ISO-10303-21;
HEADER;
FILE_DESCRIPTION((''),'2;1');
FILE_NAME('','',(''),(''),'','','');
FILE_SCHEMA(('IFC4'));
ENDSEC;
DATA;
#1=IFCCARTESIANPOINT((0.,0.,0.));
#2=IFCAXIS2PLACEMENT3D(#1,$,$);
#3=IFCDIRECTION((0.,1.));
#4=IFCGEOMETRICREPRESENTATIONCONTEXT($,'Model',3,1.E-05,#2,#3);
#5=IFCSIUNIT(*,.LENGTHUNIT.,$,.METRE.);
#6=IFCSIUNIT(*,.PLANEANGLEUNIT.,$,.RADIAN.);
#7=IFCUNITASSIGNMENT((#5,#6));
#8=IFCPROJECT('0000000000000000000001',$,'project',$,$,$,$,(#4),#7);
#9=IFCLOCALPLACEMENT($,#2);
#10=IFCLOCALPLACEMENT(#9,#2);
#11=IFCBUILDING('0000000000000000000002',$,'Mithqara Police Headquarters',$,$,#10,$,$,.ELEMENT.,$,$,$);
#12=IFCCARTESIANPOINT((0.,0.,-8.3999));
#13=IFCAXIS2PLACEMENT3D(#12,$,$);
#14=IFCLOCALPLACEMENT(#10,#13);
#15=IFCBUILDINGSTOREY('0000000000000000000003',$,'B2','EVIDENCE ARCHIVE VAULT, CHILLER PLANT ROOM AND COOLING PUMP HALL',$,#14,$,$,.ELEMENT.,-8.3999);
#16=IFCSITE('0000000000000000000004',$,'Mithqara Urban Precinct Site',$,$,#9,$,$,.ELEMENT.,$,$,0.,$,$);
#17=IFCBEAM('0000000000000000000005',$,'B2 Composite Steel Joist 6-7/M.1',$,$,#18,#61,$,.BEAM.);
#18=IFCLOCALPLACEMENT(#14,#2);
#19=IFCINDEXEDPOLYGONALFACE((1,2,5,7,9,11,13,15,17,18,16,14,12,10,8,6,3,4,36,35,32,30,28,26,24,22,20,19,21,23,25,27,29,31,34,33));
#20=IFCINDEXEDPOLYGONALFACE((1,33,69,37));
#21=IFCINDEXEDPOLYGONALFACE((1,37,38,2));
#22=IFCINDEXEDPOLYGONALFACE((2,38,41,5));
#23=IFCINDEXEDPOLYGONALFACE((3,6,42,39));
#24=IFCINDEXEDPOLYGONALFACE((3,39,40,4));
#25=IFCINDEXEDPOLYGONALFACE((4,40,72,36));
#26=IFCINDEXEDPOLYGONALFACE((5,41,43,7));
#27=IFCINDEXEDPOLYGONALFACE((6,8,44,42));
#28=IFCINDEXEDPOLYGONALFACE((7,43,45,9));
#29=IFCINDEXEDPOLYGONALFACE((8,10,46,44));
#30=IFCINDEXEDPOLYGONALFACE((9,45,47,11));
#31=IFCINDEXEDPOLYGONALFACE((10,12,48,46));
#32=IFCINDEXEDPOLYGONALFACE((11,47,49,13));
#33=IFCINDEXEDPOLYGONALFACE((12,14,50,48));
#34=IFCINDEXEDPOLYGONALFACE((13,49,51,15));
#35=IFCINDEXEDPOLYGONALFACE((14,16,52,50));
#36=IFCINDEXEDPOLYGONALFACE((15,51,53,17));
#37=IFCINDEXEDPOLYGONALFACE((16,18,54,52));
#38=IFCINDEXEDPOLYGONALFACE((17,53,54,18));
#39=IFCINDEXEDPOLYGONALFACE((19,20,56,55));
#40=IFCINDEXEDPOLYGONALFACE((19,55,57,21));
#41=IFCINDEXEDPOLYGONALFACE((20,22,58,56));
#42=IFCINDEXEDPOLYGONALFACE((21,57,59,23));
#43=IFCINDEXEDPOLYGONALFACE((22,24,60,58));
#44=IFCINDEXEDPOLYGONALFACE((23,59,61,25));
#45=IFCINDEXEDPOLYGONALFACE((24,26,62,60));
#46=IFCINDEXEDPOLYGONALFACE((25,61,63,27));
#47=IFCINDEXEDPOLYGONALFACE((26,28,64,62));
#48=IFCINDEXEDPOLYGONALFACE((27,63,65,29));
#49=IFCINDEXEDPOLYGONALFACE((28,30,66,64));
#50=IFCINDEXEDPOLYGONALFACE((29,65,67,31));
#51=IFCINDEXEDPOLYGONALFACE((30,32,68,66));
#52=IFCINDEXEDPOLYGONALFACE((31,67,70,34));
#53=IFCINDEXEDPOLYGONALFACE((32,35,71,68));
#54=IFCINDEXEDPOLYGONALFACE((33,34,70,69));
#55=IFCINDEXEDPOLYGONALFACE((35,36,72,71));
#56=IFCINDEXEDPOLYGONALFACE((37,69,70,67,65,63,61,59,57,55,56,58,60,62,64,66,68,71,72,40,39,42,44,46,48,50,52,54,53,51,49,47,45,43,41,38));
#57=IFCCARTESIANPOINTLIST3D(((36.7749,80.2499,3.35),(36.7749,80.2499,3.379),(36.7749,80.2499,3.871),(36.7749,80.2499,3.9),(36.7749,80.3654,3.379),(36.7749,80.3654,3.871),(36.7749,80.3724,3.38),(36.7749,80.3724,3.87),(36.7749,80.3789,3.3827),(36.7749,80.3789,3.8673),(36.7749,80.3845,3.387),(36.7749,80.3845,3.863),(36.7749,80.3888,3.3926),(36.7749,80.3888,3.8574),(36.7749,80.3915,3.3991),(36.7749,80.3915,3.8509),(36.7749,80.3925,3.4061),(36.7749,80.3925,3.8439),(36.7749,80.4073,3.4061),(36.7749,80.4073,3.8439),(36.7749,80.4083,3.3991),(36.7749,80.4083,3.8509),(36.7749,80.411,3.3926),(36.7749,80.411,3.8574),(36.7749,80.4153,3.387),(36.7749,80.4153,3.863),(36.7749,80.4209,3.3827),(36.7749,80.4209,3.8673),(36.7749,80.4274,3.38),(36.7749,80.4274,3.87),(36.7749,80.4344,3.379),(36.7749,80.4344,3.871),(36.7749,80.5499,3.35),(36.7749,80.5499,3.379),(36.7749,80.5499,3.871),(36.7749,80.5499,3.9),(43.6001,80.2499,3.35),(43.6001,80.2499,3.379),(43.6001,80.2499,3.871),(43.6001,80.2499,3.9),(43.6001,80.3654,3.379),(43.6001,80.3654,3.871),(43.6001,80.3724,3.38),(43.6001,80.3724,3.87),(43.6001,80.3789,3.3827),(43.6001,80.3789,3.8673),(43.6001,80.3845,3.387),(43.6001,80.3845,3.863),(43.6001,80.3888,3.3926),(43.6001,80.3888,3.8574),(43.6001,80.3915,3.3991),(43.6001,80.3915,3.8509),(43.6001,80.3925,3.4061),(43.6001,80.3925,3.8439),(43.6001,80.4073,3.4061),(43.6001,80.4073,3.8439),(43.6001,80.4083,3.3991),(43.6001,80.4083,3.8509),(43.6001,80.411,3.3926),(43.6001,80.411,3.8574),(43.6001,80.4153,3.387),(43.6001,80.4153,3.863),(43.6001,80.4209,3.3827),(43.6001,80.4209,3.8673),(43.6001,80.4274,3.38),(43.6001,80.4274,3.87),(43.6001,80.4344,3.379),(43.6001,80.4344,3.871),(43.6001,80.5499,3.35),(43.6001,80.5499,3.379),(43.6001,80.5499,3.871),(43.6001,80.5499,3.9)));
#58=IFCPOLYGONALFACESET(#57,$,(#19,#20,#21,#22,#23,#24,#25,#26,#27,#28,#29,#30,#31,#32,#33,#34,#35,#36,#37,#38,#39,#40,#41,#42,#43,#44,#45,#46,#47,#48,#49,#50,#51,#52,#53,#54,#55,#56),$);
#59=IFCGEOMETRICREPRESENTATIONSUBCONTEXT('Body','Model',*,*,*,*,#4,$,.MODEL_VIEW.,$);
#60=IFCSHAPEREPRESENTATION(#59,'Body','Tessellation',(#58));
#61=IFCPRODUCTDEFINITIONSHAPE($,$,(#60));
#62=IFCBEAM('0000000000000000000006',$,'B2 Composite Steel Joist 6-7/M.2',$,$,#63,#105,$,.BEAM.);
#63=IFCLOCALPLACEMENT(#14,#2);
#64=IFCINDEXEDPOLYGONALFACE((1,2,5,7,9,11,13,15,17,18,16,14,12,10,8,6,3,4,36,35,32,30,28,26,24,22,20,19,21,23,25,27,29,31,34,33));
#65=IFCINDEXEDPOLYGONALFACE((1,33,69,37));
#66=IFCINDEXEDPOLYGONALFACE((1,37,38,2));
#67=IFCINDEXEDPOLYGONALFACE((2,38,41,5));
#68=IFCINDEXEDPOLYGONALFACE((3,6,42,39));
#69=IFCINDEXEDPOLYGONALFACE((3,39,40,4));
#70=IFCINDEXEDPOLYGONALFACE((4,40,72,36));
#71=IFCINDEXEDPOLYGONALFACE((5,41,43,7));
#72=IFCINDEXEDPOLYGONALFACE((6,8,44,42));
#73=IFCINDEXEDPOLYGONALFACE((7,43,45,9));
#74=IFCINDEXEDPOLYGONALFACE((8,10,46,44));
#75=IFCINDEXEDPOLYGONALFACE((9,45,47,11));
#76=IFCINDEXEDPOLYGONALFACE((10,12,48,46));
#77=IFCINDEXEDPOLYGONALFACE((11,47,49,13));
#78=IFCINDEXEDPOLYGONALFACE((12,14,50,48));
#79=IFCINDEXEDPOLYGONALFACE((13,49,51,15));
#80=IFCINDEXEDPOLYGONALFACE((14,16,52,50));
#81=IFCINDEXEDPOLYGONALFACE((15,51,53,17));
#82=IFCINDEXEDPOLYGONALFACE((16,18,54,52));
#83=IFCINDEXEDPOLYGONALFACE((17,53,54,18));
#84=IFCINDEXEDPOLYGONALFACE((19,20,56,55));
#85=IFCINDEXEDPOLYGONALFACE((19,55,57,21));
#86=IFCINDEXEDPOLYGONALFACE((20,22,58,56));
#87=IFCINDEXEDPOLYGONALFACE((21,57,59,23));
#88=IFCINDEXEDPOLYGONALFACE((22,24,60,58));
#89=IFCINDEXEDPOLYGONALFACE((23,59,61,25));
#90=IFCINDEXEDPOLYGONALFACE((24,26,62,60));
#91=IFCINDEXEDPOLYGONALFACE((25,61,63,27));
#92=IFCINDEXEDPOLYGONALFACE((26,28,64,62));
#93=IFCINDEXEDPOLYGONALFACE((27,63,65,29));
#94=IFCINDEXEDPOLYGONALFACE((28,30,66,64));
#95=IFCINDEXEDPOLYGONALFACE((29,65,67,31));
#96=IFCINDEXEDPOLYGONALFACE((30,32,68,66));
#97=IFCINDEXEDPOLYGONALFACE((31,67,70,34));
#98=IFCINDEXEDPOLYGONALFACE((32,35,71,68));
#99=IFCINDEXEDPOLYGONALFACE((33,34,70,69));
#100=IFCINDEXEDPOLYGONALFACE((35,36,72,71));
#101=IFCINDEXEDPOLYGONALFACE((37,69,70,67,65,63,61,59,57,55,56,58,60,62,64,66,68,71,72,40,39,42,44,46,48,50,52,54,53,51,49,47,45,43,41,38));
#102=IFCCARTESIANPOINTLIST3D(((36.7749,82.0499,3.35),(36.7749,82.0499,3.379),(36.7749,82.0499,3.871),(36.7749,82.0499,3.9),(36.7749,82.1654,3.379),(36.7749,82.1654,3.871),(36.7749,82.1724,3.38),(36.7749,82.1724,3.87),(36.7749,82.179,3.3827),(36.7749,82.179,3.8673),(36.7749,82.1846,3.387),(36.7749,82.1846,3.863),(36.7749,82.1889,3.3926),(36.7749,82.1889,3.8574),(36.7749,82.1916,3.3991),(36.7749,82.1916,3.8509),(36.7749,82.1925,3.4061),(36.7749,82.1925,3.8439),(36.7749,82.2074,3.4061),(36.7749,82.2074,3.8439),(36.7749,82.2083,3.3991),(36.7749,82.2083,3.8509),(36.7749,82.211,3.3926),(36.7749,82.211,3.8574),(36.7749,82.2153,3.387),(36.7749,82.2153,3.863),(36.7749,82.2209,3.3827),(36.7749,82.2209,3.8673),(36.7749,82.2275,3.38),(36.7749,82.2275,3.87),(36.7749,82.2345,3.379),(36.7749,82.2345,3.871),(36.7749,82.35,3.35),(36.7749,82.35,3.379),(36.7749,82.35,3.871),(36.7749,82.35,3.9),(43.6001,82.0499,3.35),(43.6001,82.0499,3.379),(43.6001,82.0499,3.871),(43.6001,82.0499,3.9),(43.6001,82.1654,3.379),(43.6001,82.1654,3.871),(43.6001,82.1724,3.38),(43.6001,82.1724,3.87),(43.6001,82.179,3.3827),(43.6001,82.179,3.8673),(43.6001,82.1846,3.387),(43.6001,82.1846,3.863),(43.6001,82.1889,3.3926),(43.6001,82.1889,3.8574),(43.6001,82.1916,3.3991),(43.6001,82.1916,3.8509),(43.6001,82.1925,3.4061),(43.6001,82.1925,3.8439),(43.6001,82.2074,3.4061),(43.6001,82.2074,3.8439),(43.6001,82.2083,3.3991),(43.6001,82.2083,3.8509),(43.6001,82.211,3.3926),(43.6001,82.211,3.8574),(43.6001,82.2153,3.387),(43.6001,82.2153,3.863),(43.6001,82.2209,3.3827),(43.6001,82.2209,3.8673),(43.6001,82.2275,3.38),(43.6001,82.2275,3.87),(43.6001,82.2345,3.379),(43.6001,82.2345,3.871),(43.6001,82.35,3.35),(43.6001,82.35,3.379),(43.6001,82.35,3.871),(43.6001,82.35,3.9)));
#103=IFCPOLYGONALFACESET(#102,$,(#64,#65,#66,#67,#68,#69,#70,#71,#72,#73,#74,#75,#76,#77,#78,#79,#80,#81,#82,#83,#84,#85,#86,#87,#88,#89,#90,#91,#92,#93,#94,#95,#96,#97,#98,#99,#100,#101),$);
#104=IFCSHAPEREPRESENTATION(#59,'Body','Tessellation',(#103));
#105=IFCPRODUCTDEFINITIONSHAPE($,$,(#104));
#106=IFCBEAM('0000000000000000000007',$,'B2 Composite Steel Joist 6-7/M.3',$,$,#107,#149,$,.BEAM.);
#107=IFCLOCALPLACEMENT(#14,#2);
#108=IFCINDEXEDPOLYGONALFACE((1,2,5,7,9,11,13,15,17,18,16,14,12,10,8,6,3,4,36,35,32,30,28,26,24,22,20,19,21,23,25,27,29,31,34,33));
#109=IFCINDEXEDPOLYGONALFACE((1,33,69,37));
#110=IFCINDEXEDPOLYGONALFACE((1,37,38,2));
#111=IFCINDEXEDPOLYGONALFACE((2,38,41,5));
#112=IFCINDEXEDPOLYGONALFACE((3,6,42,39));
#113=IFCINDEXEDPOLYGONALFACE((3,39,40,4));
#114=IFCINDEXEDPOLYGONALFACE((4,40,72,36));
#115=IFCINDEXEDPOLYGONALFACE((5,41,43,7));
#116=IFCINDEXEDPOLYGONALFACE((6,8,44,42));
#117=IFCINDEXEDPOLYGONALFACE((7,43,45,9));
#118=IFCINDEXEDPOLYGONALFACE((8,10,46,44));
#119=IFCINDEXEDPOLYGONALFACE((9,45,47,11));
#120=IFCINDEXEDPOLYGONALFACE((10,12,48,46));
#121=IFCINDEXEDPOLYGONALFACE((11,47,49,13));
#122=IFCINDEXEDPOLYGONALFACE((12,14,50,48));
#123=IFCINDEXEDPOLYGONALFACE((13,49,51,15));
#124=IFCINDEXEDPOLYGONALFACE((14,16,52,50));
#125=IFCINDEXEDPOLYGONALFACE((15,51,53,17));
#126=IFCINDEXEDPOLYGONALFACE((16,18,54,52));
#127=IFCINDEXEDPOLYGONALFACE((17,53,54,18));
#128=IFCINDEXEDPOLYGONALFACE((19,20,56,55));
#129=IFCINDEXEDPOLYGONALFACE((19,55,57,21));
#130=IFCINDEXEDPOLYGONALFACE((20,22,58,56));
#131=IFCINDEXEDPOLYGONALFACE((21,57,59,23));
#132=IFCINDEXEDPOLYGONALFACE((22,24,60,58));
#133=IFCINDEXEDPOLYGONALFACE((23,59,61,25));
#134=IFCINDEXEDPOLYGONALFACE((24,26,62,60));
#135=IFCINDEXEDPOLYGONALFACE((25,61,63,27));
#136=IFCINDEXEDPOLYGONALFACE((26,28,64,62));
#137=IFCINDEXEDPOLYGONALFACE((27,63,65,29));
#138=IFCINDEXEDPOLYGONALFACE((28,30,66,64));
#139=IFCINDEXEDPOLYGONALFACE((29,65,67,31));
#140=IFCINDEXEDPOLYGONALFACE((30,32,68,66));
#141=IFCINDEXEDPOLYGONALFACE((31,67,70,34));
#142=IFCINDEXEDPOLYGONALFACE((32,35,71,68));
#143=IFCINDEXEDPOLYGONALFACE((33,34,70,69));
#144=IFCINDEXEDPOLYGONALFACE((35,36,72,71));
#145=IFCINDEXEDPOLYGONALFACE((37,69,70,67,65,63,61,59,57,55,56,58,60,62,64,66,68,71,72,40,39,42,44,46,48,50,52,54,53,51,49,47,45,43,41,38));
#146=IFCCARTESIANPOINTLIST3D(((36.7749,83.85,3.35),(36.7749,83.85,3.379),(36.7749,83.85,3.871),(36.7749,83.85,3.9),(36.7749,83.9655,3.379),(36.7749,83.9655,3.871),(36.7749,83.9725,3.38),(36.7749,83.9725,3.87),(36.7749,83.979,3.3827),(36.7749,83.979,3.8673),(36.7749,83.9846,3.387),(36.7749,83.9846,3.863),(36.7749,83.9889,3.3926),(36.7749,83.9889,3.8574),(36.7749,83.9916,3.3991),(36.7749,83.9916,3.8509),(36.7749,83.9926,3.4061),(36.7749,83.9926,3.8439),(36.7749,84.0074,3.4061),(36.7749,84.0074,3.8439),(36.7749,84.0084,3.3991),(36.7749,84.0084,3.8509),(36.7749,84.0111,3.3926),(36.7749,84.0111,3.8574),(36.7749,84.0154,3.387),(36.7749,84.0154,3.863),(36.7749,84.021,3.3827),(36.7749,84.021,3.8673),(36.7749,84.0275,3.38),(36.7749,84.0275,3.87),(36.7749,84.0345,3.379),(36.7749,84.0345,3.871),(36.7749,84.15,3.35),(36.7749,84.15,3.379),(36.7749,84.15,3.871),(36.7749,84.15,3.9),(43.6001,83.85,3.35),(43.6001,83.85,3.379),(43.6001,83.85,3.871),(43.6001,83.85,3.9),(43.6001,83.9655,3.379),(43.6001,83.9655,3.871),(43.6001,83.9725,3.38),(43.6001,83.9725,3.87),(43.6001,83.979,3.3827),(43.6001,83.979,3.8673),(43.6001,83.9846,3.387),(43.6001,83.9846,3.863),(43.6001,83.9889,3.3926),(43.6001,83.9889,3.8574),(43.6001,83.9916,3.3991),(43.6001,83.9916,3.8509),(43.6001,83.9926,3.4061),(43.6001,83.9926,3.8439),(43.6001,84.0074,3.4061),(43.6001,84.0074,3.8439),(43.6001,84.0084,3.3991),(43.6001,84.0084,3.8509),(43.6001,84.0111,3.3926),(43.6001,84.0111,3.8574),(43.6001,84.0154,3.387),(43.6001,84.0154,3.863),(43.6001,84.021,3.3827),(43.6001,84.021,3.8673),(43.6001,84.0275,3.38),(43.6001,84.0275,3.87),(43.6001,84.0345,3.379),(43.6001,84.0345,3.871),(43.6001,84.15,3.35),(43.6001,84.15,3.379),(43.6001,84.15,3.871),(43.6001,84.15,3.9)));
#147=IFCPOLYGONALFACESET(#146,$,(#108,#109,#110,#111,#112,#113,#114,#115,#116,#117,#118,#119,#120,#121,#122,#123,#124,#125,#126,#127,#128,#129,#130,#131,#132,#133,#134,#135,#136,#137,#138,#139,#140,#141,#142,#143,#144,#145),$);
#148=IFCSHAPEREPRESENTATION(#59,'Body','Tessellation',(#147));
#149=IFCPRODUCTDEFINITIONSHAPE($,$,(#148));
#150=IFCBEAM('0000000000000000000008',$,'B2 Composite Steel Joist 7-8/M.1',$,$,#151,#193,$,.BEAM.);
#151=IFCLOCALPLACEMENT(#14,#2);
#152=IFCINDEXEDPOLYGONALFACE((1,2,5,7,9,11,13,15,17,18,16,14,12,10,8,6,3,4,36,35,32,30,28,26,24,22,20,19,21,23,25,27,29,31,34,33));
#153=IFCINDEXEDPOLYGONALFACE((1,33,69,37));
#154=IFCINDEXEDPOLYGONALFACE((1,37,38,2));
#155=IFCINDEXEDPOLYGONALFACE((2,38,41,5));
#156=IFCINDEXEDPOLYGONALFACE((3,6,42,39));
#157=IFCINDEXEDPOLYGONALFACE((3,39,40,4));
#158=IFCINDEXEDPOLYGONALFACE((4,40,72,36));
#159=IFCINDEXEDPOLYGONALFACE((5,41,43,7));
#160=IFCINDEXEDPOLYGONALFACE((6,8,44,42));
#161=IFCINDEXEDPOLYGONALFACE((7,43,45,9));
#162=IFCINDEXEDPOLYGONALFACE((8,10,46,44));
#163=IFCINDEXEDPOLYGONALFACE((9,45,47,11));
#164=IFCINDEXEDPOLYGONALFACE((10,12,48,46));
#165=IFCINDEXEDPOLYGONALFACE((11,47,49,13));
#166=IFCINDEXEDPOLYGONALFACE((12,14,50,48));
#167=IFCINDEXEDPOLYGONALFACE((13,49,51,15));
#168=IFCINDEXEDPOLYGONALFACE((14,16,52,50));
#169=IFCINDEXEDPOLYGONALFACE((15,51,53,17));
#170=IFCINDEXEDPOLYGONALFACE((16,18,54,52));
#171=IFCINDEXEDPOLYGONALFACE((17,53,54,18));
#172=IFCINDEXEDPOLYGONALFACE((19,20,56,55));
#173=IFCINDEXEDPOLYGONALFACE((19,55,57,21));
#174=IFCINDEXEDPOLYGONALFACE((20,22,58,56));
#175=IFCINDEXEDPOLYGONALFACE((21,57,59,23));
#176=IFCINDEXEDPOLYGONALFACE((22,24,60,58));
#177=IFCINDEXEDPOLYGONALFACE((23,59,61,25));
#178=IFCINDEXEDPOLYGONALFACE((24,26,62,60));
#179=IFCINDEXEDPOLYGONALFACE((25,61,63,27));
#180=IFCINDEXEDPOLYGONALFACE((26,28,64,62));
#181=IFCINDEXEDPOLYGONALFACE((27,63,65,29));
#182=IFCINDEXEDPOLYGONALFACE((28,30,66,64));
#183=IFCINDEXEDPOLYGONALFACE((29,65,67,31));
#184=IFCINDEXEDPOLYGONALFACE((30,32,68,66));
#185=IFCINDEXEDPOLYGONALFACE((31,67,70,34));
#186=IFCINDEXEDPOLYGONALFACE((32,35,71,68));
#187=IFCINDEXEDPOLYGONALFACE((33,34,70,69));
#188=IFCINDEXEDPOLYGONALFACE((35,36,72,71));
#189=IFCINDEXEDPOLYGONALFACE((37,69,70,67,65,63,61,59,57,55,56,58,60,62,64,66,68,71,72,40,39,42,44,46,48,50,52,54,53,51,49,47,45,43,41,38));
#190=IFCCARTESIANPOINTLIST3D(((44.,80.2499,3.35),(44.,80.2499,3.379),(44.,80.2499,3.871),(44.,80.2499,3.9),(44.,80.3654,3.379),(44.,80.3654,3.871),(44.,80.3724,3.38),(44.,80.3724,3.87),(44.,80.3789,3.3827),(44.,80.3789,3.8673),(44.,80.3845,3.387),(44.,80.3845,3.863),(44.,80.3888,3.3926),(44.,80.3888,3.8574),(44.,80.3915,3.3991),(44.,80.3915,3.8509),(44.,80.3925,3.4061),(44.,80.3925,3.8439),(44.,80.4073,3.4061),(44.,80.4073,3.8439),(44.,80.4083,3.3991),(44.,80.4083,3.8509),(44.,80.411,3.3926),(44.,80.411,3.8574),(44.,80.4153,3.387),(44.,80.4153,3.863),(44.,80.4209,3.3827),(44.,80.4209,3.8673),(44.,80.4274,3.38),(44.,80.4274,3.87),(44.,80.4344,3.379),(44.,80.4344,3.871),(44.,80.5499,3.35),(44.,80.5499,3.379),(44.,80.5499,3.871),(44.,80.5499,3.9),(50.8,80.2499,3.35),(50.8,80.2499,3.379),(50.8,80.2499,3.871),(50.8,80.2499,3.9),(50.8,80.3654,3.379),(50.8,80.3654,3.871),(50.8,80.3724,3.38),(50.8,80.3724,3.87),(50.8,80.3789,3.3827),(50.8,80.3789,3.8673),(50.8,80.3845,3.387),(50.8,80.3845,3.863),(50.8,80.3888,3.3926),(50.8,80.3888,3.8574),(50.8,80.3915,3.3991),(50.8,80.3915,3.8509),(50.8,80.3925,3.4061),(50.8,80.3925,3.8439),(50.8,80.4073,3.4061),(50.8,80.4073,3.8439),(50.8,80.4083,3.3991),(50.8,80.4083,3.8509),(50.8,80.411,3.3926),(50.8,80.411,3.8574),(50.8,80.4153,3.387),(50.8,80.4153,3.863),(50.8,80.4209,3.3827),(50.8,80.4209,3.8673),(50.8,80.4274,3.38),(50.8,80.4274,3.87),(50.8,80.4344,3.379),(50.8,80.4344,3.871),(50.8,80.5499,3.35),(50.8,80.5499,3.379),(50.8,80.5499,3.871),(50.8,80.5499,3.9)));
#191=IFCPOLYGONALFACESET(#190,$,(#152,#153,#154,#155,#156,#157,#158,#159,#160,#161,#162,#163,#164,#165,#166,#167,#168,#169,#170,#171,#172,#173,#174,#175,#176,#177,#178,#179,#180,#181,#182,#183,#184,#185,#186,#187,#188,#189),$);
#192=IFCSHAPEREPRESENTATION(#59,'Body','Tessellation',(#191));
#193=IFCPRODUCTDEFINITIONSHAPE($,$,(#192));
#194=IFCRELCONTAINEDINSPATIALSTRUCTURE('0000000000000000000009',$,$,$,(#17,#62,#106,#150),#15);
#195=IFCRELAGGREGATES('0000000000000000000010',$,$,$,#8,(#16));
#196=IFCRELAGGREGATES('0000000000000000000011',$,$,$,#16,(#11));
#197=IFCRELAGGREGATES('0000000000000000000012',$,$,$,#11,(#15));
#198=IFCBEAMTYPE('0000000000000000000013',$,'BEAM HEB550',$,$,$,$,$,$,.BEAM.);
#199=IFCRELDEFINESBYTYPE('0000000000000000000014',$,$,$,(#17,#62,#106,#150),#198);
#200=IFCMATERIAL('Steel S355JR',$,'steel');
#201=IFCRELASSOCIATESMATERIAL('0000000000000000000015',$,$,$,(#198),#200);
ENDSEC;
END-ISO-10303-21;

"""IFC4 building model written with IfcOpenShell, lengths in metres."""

from ifc_helpers import new_model, si_unit, direction, frame, origin, origin_2d, place, context, subcontext, project, spatial, i_section, extrude, material, material_profile, profile_set, type_object, element, save


model = new_model("IFC4")

# Units and contexts
model_context = context("Model", 3, precision=1e-05, world=origin(), true_north=direction((0.0, 1.0)))
body_context = subcontext(model_context, "Body", "Model", "MODEL_VIEW")
ifc_project = project(units=[si_unit("LENGTHUNIT", "METRE"), si_unit("PLANEANGLEUNIT", "RADIAN")], contexts=[model_context])

# Site, building, storey
site_placement = place(None, origin())
site = spatial("IfcSite", under=ifc_project, at=site_placement, Name="Mithqara Urban Precinct Site", CompositionType="ELEMENT", RefElevation=0.0)
building_placement = place(site_placement, origin())
building = spatial("IfcBuilding", under=site, at=building_placement, Name="Mithqara Police Headquarters", CompositionType="ELEMENT")
storey_placement = place(building_placement, frame((0.0, 0.0, -8.3999)))
storey = spatial("IfcBuildingStorey", under=building, at=storey_placement, Name="B2", Description="EVIDENCE ARCHIVE VAULT, CHILLER PLANT ROOM AND COOLING PUMP HALL", CompositionType="ELEMENT", Elevation=-8.3999)

# Beams
ifc_material_1 = material(Name="Steel S355JR", Category="steel")
ifc_material_profile_1 = material_profile(ifc_material_1, i_section(OverallWidth=0.3, OverallDepth=0.55, WebThickness=0.0149, FlangeThickness=0.0291, FilletRadius=0.0271, at=origin_2d()), Name="HEB 550")
ifc_profile_set_1 = profile_set([ifc_material_profile_1], Name="Steel S355JR")
beam_type_1 = type_object("IfcBeamType", Name="BEAM HEB550", PredefinedType="BEAM", material=ifc_profile_set_1)
for number, where, z_axis, x_axis, name in (
    (1, (36.7749, 80.3999, 3.625), (1.0, 0.0, 0.0), (0.0, 1.0, 0.0), "B2 Composite Steel Joist 6-7/M.1"),
    (2, (36.7749, 82.2, 3.625), (1.0, 0.0, 0.0), (0.0, 1.0, 0.0), "B2 Composite Steel Joist 6-7/M.2"),
    (3, (36.7749, 84.0, 3.625), (1.0, 0.0, 0.0), (0.0, 1.0, 0.0), "B2 Composite Steel Joist 6-7/M.3"),
):
    element("IfcBeam", number, at=place(storey_placement, frame(where, z_axis=z_axis, x_axis=x_axis)), inside=storey, type_object=beam_type_1, Name=name, PredefinedType="BEAM", context=body_context, shape_type="SweptSolid", body=[
        extrude(i_section(OverallWidth=0.3, OverallDepth=0.55, WebThickness=0.0149, FlangeThickness=0.0291, FilletRadius=0.0271, at=origin_2d()), origin(), (0.0, 0.0, 1.0), 6.8252),
    ])
for number, where, z_axis, x_axis, name in (
    (4, (44.0, 80.3999, 3.625), (1.0, 0.0, 0.0), (0.0, 1.0, 0.0), "B2 Composite Steel Joist 7-8/M.1"),
):
    element("IfcBeam", number, at=place(storey_placement, frame(where, z_axis=z_axis, x_axis=x_axis)), inside=storey, type_object=beam_type_1, Name=name, PredefinedType="BEAM", context=body_context, shape_type="SweptSolid", body=[
        extrude(i_section(OverallWidth=0.3, OverallDepth=0.55, WebThickness=0.0149, FlangeThickness=0.0291, FilletRadius=0.0271, at=origin_2d()), origin(), (0.0, 0.0, 1.0), 6.8),
    ])

save(model, "model.ifc")
